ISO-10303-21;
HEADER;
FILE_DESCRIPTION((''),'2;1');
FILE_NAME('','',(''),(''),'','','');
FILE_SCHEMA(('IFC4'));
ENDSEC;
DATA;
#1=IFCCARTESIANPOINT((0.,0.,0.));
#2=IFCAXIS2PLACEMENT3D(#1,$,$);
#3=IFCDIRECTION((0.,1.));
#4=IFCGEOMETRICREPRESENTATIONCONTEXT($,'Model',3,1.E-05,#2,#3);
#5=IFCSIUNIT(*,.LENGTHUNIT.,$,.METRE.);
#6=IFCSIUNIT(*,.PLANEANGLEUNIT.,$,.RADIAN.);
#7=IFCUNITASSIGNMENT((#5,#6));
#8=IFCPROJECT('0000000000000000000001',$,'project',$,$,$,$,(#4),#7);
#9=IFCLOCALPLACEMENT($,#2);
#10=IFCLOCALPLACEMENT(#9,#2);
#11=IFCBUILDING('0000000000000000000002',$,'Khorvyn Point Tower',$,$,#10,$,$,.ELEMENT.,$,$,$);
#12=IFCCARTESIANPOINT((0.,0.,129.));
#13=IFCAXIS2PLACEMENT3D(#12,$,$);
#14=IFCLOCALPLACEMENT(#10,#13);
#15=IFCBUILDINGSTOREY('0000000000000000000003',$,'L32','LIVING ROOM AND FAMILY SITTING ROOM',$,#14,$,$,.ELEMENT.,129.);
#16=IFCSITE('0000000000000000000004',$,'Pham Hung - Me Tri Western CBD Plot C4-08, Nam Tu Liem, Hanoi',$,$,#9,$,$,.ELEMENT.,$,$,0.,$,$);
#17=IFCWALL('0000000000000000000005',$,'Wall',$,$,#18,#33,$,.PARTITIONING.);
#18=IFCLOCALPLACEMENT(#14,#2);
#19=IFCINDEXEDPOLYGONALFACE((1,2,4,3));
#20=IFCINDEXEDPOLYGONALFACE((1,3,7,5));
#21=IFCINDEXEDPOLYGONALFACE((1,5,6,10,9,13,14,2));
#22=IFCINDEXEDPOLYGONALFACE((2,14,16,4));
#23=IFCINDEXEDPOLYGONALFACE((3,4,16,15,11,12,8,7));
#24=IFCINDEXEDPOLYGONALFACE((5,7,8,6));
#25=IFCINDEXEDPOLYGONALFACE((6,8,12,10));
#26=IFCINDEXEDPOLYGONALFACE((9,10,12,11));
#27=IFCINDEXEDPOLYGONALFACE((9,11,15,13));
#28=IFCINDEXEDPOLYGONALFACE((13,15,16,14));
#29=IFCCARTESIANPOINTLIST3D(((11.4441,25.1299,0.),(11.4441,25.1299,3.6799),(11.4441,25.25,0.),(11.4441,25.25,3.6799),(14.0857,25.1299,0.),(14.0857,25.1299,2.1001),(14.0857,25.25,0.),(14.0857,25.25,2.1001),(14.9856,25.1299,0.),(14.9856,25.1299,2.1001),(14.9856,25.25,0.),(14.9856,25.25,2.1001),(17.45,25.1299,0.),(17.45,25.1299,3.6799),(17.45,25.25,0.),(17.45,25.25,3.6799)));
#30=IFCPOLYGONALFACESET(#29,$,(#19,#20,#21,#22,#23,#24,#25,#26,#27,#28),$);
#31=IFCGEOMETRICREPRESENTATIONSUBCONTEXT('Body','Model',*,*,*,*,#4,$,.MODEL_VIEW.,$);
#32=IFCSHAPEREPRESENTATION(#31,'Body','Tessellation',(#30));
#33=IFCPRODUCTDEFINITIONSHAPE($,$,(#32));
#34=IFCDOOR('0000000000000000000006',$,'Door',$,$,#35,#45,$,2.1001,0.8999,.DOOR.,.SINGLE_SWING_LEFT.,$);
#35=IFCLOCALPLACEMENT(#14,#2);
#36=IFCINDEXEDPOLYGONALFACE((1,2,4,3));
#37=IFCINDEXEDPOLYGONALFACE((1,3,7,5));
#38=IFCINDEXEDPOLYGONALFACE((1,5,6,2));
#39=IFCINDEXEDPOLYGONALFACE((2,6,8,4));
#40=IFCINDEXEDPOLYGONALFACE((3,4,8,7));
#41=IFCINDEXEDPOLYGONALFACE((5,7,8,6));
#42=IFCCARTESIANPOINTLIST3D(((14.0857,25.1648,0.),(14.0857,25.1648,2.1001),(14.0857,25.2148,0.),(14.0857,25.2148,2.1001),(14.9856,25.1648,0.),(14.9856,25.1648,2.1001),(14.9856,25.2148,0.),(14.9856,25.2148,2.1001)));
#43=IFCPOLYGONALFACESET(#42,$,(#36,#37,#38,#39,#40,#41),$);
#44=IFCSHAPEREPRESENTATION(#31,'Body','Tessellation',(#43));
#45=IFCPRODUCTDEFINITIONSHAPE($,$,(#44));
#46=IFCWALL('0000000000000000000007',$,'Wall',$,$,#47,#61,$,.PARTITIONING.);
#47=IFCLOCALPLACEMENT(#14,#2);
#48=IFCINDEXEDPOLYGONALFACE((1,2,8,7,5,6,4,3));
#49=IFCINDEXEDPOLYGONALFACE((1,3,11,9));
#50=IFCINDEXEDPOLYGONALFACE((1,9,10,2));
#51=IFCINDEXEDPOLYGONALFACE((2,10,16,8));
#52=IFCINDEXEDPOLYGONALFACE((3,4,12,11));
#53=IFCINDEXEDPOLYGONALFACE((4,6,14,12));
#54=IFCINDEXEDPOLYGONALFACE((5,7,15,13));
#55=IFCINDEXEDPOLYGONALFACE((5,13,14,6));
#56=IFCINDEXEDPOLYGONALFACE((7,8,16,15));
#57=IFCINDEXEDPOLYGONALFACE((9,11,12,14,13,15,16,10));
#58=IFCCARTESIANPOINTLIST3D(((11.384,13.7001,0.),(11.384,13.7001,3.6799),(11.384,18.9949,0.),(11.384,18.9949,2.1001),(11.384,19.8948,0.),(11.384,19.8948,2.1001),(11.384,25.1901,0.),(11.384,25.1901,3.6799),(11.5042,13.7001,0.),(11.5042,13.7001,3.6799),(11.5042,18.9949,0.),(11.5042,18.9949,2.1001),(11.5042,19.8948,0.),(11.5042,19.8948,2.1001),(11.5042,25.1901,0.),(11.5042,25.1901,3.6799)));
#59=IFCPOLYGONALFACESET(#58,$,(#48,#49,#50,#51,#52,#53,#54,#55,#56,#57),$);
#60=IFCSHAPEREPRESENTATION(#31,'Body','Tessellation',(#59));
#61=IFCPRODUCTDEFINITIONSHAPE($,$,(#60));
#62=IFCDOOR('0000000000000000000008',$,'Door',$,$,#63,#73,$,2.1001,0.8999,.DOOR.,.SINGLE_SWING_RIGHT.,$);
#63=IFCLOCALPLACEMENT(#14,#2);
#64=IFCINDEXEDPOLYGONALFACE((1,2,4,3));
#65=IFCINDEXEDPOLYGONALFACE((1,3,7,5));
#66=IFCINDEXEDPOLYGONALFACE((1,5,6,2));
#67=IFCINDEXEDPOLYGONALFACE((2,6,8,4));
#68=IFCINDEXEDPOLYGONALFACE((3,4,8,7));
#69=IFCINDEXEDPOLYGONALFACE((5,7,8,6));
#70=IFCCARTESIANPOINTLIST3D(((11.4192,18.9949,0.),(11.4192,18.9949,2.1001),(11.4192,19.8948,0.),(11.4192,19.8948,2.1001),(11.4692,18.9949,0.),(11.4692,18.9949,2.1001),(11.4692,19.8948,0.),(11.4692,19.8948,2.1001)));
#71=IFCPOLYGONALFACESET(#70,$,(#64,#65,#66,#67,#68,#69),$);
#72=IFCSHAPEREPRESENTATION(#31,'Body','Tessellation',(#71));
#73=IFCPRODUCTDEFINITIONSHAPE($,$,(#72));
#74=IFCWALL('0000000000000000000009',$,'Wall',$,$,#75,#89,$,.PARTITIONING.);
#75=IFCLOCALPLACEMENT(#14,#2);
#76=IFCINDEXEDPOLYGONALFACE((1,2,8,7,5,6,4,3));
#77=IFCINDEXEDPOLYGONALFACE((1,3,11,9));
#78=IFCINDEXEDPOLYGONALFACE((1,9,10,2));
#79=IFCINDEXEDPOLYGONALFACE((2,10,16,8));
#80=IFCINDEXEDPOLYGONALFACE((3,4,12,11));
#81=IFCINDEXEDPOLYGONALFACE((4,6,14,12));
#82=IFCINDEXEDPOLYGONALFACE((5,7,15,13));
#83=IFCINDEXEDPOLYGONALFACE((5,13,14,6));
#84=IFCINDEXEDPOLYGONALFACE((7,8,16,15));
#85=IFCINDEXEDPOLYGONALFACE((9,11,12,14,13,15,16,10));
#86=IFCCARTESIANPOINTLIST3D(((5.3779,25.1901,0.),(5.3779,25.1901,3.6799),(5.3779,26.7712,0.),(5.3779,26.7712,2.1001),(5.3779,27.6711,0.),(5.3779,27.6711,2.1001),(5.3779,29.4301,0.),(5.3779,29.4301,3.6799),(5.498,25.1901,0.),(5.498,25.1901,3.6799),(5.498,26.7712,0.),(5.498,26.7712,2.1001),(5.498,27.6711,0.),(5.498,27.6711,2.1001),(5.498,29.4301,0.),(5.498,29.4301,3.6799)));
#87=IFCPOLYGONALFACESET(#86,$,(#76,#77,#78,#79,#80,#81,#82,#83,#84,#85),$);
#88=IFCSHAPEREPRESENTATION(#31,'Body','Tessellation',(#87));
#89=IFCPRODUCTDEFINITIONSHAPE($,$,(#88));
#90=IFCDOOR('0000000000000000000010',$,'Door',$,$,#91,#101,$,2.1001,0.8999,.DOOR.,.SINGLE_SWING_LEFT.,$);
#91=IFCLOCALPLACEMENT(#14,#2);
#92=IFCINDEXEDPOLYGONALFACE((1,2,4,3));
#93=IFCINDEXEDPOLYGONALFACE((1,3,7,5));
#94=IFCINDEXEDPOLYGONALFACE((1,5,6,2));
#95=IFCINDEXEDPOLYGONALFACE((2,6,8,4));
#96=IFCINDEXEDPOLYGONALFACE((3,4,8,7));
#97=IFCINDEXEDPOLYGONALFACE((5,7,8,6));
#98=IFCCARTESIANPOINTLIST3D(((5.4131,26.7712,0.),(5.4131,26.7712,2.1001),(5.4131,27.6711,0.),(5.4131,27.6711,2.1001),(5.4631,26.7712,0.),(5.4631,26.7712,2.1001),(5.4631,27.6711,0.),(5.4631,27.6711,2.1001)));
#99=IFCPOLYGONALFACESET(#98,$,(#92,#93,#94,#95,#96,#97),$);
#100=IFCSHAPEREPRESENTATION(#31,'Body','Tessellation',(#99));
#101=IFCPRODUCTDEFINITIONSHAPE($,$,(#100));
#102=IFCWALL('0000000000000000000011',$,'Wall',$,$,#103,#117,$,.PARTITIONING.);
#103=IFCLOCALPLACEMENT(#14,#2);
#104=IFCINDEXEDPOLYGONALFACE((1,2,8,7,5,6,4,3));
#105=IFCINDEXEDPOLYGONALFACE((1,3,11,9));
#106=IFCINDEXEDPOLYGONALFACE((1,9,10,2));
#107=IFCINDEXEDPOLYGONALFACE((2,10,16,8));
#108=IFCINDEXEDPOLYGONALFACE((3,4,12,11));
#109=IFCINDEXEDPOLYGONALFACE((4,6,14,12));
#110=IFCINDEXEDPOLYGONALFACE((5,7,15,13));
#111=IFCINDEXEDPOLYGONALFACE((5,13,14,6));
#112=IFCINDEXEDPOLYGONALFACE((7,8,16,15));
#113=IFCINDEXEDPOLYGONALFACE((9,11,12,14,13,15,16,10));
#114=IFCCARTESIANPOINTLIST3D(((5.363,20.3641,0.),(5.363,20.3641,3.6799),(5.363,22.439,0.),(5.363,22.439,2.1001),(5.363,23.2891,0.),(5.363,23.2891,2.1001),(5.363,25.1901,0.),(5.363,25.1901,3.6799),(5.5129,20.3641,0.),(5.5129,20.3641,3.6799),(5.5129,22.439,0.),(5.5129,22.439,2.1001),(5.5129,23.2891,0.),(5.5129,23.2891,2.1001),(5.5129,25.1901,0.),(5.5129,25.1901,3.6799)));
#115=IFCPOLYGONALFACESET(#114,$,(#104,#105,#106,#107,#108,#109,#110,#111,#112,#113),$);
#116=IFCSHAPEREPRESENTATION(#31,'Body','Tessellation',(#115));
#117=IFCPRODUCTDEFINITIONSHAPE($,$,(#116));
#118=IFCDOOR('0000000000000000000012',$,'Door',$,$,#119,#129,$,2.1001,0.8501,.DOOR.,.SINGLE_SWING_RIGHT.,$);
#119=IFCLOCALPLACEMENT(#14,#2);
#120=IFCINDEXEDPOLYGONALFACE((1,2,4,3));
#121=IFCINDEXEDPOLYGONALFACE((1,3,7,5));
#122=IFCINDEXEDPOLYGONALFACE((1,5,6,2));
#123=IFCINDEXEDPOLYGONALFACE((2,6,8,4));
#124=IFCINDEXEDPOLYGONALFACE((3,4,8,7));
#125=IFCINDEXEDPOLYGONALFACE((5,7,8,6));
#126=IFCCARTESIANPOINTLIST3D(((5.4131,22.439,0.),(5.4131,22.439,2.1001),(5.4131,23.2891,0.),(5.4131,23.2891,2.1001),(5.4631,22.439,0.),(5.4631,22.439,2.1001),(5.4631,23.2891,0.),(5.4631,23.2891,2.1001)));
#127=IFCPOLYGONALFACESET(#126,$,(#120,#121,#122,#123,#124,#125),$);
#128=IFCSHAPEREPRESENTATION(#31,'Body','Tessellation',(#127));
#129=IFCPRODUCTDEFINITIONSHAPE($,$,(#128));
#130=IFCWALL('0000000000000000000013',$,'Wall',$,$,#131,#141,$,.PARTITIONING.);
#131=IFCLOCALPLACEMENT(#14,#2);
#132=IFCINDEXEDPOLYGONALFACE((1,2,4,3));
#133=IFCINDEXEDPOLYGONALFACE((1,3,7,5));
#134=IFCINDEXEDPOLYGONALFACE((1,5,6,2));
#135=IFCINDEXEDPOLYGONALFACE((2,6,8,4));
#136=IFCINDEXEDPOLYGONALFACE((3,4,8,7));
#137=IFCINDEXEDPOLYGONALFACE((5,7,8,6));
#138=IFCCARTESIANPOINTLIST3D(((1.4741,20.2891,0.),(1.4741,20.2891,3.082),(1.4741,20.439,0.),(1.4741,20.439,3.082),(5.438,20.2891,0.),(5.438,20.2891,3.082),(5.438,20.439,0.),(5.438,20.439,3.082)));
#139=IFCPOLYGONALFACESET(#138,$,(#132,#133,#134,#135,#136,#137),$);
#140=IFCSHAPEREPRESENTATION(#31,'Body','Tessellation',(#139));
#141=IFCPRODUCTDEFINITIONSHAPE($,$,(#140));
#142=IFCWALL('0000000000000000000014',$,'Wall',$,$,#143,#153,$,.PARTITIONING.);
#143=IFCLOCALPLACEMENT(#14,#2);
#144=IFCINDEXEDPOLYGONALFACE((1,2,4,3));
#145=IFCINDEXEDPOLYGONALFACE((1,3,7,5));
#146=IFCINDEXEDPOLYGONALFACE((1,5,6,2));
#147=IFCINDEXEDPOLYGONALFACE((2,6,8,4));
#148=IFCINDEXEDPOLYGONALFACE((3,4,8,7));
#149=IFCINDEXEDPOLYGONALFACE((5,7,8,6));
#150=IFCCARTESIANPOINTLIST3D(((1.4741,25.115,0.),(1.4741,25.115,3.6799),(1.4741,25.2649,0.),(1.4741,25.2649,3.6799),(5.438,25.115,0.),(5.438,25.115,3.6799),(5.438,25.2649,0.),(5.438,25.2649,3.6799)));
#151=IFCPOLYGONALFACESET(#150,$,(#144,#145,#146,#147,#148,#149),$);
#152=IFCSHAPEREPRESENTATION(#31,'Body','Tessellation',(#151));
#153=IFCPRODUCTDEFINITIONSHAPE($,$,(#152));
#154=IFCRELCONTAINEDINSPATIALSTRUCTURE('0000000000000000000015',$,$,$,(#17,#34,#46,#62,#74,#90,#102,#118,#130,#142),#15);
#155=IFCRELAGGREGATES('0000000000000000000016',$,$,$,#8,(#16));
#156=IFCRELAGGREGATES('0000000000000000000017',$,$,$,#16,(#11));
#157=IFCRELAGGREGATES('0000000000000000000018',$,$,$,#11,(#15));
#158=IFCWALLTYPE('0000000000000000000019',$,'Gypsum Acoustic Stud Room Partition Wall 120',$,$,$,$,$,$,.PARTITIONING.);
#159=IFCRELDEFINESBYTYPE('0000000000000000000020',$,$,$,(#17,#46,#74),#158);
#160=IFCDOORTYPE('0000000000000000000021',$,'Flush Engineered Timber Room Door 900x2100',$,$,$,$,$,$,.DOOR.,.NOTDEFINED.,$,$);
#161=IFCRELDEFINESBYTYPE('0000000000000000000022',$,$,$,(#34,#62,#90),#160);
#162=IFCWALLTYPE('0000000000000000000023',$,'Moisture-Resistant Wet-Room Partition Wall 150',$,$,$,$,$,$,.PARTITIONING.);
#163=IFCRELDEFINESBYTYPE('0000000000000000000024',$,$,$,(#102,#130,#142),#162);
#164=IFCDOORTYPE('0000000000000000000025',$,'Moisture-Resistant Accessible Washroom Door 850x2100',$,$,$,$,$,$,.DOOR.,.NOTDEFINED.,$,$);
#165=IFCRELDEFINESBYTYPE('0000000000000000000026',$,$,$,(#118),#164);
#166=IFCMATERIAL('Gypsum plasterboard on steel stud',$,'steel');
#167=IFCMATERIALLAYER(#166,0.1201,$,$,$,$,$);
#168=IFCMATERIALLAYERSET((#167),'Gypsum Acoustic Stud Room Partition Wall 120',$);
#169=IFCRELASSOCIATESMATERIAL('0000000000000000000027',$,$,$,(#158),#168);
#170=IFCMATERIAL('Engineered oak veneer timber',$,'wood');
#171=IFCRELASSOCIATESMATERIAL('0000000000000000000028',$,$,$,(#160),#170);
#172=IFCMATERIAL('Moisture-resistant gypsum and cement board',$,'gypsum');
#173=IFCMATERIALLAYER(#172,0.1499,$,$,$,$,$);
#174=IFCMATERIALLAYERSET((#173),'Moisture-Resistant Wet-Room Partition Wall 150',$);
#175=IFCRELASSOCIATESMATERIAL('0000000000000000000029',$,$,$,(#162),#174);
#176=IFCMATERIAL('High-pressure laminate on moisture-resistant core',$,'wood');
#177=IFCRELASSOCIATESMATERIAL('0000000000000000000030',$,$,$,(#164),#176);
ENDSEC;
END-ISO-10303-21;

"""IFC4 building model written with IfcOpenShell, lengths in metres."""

from ifc_helpers import new_model, si_unit, direction, frame, frame_2d, origin, place, context, subcontext, project, spatial, rectangle, extrude, material, layer, layer_set, type_object, element, fill, save


model = new_model("IFC4")

# Units and contexts
model_context = context("Model", 3, precision=1e-05, world=origin(), true_north=direction((0.0, 1.0)))
body_context = subcontext(model_context, "Body", "Model", "MODEL_VIEW")
ifc_project = project(units=[si_unit("LENGTHUNIT", "METRE"), si_unit("PLANEANGLEUNIT", "RADIAN")], contexts=[model_context])

# Site, building, storey
site_placement = place(None, origin())
site = spatial("IfcSite", under=ifc_project, at=site_placement, Name="Pham Hung - Me Tri Western CBD Plot C4-08, Nam Tu Liem, Hanoi", CompositionType="ELEMENT", RefElevation=0.0)
building_placement = place(site_placement, origin())
building = spatial("IfcBuilding", under=site, at=building_placement, Name="Khorvyn Point Tower", CompositionType="ELEMENT")
storey_placement = place(building_placement, frame((0.0, 0.0, 129.0)))
storey = spatial("IfcBuildingStorey", under=building, at=storey_placement, Name="L32", Description="LIVING ROOM AND FAMILY SITTING ROOM", CompositionType="ELEMENT", Elevation=129.0)

# Walls, openings, doors
ifc_material_1 = material(Name="Gypsum plasterboard on steel stud", Category="steel")
ifc_layer_1 = layer(ifc_material_1, 0.1201)
ifc_layer_set_1 = layer_set([ifc_layer_1], Name="Gypsum Acoustic Stud Room Partition Wall 120")
wall_type_1 = type_object("IfcWallType", Name="Gypsum Acoustic Stud Room Partition Wall 120", PredefinedType="PARTITIONING", material=ifc_layer_set_1)
ifc_material_2 = material(Name="Engineered oak veneer timber", Category="wood")
door_type_1 = type_object("IfcDoorType", Name="Flush Engineered Timber Room Door 900x2100", OperationType="NOTDEFINED", PredefinedType="DOOR", material=ifc_material_2)
wall_1_placement = place(storey_placement, frame((11.4441, 25.1899, 0.0), z_axis=(0.0, 0.0, 1.0), x_axis=(1.0, 0.0, 0.0)))
wall_1 = element("IfcWall", 1, at=wall_1_placement, inside=storey, type_object=wall_type_1, Name="Wall", PredefinedType="PARTITIONING", context=body_context, shape_type="SweptSolid", body=[
    extrude(rectangle(XDim=6.0059, YDim=0.1201, at=frame_2d((3.0029, 0.0))), origin(), (0.0, 0.0, 1.0), 3.6799),
])
opening_1_placement = place(wall_1_placement, frame((2.6416, 0.0, 0.0)))
opening_1 = element("IfcOpeningElement", 2, at=opening_1_placement, cuts=wall_1, PredefinedType="OPENING", context=body_context, shape_type="SweptSolid", body=[
    extrude(rectangle(XDim=0.8999, YDim=2.1001, at=frame_2d((0.45, 1.05))), frame((0.0, 0.0701, 0.0), z_axis=(0.0, -1.0, 0.0), x_axis=(1.0, 0.0, 0.0)), (0.0, 0.0, 1.0), 0.1401),
])
door_1_placement = place(opening_1_placement, origin())
door_1 = element("IfcDoor", 3, at=door_1_placement, inside=storey, type_object=door_type_1, Name="Door", OperationType="SINGLE_SWING_LEFT", OverallHeight=2.1001, OverallWidth=0.8999, PredefinedType="DOOR", context=body_context, shape_type="SweptSolid", body=[
    extrude(rectangle(XDim=0.8999, YDim=2.1001, at=frame_2d((0.45, 1.05))), frame((0.0, 0.0249, 0.0), z_axis=(0.0, -1.0, 0.0), x_axis=(1.0, 0.0, 0.0)), (0.0, 0.0, 1.0), 0.05),
])
fill(opening_1, door_1)
wall_2_placement = place(storey_placement, frame((11.4441, 13.7, 0.0), z_axis=(0.0, 0.0, 1.0), x_axis=(0.0, 1.0, 0.0)))
wall_2 = element("IfcWall", 4, at=wall_2_placement, inside=storey, type_object=wall_type_1, Name="Wall", PredefinedType="PARTITIONING", context=body_context, shape_type="SweptSolid", body=[
    extrude(rectangle(XDim=11.49, YDim=0.1201, at=frame_2d((5.7451, 0.0))), origin(), (0.0, 0.0, 1.0), 3.6799),
])
opening_2_placement = place(wall_2_placement, frame((5.2949, 0.0, 0.0)))
opening_2 = element("IfcOpeningElement", 5, at=opening_2_placement, cuts=wall_2, PredefinedType="OPENING", context=body_context, shape_type="SweptSolid", body=[
    extrude(rectangle(XDim=0.8999, YDim=2.1001, at=frame_2d((0.45, 1.05))), frame((0.0, 0.0701, 0.0), z_axis=(0.0, -1.0, 0.0), x_axis=(1.0, 0.0, 0.0)), (0.0, 0.0, 1.0), 0.1401),
])
door_2_placement = place(opening_2_placement, origin())
door_2 = element("IfcDoor", 6, at=door_2_placement, inside=storey, type_object=door_type_1, Name="Door", OperationType="SINGLE_SWING_RIGHT", OverallHeight=2.1001, OverallWidth=0.8999, PredefinedType="DOOR", context=body_context, shape_type="SweptSolid", body=[
    extrude(rectangle(XDim=0.8999, YDim=2.1001, at=frame_2d((0.45, 1.05))), frame((0.0, 0.0249, 0.0), z_axis=(0.0, -1.0, 0.0), x_axis=(1.0, 0.0, 0.0)), (0.0, 0.0, 1.0), 0.05),
])
fill(opening_2, door_2)
wall_3_placement = place(storey_placement, frame((5.438, 25.1899, 0.0), z_axis=(0.0, 0.0, 1.0), x_axis=(0.0, 1.0, 0.0)))
wall_3 = element("IfcWall", 7, at=wall_3_placement, inside=storey, type_object=wall_type_1, Name="Wall", PredefinedType="PARTITIONING", context=body_context, shape_type="SweptSolid", body=[
    extrude(rectangle(XDim=4.24, YDim=0.1201, at=frame_2d((2.1201, 0.0))), origin(), (0.0, 0.0, 1.0), 3.6799),
])
opening_3_placement = place(wall_3_placement, frame((1.5813, 0.0, 0.0)))
opening_3 = element("IfcOpeningElement", 8, at=opening_3_placement, cuts=wall_3, PredefinedType="OPENING", context=body_context, shape_type="SweptSolid", body=[
    extrude(rectangle(XDim=0.8999, YDim=2.1001, at=frame_2d((0.45, 1.05))), frame((0.0, 0.0701, 0.0), z_axis=(0.0, -1.0, 0.0), x_axis=(1.0, 0.0, 0.0)), (0.0, 0.0, 1.0), 0.1401),
])
door_3_placement = place(opening_3_placement, origin())
door_3 = element("IfcDoor", 9, at=door_3_placement, inside=storey, type_object=door_type_1, Name="Door", OperationType="SINGLE_SWING_LEFT", OverallHeight=2.1001, OverallWidth=0.8999, PredefinedType="DOOR", context=body_context, shape_type="SweptSolid", body=[
    extrude(rectangle(XDim=0.8999, YDim=2.1001, at=frame_2d((0.45, 1.05))), frame((0.0, 0.0249, 0.0), z_axis=(0.0, -1.0, 0.0), x_axis=(1.0, 0.0, 0.0)), (0.0, 0.0, 1.0), 0.05),
])
fill(opening_3, door_3)
ifc_material_3 = material(Name="Moisture-resistant gypsum and cement board", Category="gypsum")
ifc_layer_2 = layer(ifc_material_3, 0.1499)
ifc_layer_set_2 = layer_set([ifc_layer_2], Name="Moisture-Resistant Wet-Room Partition Wall 150")
wall_type_2 = type_object("IfcWallType", Name="Moisture-Resistant Wet-Room Partition Wall 150", PredefinedType="PARTITIONING", material=ifc_layer_set_2)
wall_4_placement = place(storey_placement, frame((5.438, 20.364, 0.0), z_axis=(0.0, 0.0, 1.0), x_axis=(0.0, 1.0, 0.0)))
wall_4 = element("IfcWall", 10, at=wall_4_placement, inside=storey, type_object=wall_type_2, Name="Wall", PredefinedType="PARTITIONING", context=body_context, shape_type="SweptSolid", body=[
    extrude(rectangle(XDim=4.8259, YDim=0.1499, at=frame_2d((2.4131, 0.0))), origin(), (0.0, 0.0, 1.0), 3.6799),
])
opening_4_placement = place(wall_4_placement, frame((2.075, 0.0, 0.0)))
opening_4 = element("IfcOpeningElement", 11, at=opening_4_placement, cuts=wall_4, PredefinedType="OPENING", context=body_context, shape_type="SweptSolid", body=[
    extrude(rectangle(XDim=0.8501, YDim=2.1001, at=frame_2d((0.425, 1.05))), frame((0.0, 0.085, 0.0), z_axis=(0.0, -1.0, 0.0), x_axis=(1.0, 0.0, 0.0)), (0.0, 0.0, 1.0), 0.1699),
])
ifc_material_4 = material(Name="High-pressure laminate on moisture-resistant core", Category="wood")
door_type_2 = type_object("IfcDoorType", Name="Moisture-Resistant Accessible Washroom Door 850x2100", OperationType="NOTDEFINED", PredefinedType="DOOR", material=ifc_material_4)
door_4_placement = place(opening_4_placement, origin())
door_4 = element("IfcDoor", 12, at=door_4_placement, inside=storey, type_object=door_type_2, Name="Door", OperationType="SINGLE_SWING_RIGHT", OverallHeight=2.1001, OverallWidth=0.8501, PredefinedType="DOOR", context=body_context, shape_type="SweptSolid", body=[
    extrude(rectangle(XDim=0.8501, YDim=2.1001, at=frame_2d((0.425, 1.05))), frame((0.0, 0.0249, 0.0), z_axis=(0.0, -1.0, 0.0), x_axis=(1.0, 0.0, 0.0)), (0.0, 0.0, 1.0), 0.05),
])
fill(opening_4, door_4)

# Walls
wall_5_placement = place(storey_placement, frame((1.4741, 20.364, 0.0), z_axis=(0.0, 0.0, 1.0), x_axis=(1.0, 0.0, 0.0)))
element("IfcWall", 13, at=wall_5_placement, inside=storey, type_object=wall_type_2, Name="Wall", PredefinedType="PARTITIONING", context=body_context, shape_type="SweptSolid", body=[
    extrude(rectangle(XDim=3.9639, YDim=0.1499, at=frame_2d((1.9819, 0.0))), origin(), (0.0, 0.0, 1.0), 3.082),
])
wall_6_placement = place(storey_placement, frame((1.4741, 25.1899, 0.0), z_axis=(0.0, 0.0, 1.0), x_axis=(1.0, 0.0, 0.0)))
element("IfcWall", 14, at=wall_6_placement, inside=storey, type_object=wall_type_2, Name="Wall", PredefinedType="PARTITIONING", context=body_context, shape_type="SweptSolid", body=[
    extrude(rectangle(XDim=3.9639, YDim=0.1499, at=frame_2d((1.9819, 0.0))), origin(), (0.0, 0.0, 1.0), 3.6799),
])

save(model, "model.ifc")
